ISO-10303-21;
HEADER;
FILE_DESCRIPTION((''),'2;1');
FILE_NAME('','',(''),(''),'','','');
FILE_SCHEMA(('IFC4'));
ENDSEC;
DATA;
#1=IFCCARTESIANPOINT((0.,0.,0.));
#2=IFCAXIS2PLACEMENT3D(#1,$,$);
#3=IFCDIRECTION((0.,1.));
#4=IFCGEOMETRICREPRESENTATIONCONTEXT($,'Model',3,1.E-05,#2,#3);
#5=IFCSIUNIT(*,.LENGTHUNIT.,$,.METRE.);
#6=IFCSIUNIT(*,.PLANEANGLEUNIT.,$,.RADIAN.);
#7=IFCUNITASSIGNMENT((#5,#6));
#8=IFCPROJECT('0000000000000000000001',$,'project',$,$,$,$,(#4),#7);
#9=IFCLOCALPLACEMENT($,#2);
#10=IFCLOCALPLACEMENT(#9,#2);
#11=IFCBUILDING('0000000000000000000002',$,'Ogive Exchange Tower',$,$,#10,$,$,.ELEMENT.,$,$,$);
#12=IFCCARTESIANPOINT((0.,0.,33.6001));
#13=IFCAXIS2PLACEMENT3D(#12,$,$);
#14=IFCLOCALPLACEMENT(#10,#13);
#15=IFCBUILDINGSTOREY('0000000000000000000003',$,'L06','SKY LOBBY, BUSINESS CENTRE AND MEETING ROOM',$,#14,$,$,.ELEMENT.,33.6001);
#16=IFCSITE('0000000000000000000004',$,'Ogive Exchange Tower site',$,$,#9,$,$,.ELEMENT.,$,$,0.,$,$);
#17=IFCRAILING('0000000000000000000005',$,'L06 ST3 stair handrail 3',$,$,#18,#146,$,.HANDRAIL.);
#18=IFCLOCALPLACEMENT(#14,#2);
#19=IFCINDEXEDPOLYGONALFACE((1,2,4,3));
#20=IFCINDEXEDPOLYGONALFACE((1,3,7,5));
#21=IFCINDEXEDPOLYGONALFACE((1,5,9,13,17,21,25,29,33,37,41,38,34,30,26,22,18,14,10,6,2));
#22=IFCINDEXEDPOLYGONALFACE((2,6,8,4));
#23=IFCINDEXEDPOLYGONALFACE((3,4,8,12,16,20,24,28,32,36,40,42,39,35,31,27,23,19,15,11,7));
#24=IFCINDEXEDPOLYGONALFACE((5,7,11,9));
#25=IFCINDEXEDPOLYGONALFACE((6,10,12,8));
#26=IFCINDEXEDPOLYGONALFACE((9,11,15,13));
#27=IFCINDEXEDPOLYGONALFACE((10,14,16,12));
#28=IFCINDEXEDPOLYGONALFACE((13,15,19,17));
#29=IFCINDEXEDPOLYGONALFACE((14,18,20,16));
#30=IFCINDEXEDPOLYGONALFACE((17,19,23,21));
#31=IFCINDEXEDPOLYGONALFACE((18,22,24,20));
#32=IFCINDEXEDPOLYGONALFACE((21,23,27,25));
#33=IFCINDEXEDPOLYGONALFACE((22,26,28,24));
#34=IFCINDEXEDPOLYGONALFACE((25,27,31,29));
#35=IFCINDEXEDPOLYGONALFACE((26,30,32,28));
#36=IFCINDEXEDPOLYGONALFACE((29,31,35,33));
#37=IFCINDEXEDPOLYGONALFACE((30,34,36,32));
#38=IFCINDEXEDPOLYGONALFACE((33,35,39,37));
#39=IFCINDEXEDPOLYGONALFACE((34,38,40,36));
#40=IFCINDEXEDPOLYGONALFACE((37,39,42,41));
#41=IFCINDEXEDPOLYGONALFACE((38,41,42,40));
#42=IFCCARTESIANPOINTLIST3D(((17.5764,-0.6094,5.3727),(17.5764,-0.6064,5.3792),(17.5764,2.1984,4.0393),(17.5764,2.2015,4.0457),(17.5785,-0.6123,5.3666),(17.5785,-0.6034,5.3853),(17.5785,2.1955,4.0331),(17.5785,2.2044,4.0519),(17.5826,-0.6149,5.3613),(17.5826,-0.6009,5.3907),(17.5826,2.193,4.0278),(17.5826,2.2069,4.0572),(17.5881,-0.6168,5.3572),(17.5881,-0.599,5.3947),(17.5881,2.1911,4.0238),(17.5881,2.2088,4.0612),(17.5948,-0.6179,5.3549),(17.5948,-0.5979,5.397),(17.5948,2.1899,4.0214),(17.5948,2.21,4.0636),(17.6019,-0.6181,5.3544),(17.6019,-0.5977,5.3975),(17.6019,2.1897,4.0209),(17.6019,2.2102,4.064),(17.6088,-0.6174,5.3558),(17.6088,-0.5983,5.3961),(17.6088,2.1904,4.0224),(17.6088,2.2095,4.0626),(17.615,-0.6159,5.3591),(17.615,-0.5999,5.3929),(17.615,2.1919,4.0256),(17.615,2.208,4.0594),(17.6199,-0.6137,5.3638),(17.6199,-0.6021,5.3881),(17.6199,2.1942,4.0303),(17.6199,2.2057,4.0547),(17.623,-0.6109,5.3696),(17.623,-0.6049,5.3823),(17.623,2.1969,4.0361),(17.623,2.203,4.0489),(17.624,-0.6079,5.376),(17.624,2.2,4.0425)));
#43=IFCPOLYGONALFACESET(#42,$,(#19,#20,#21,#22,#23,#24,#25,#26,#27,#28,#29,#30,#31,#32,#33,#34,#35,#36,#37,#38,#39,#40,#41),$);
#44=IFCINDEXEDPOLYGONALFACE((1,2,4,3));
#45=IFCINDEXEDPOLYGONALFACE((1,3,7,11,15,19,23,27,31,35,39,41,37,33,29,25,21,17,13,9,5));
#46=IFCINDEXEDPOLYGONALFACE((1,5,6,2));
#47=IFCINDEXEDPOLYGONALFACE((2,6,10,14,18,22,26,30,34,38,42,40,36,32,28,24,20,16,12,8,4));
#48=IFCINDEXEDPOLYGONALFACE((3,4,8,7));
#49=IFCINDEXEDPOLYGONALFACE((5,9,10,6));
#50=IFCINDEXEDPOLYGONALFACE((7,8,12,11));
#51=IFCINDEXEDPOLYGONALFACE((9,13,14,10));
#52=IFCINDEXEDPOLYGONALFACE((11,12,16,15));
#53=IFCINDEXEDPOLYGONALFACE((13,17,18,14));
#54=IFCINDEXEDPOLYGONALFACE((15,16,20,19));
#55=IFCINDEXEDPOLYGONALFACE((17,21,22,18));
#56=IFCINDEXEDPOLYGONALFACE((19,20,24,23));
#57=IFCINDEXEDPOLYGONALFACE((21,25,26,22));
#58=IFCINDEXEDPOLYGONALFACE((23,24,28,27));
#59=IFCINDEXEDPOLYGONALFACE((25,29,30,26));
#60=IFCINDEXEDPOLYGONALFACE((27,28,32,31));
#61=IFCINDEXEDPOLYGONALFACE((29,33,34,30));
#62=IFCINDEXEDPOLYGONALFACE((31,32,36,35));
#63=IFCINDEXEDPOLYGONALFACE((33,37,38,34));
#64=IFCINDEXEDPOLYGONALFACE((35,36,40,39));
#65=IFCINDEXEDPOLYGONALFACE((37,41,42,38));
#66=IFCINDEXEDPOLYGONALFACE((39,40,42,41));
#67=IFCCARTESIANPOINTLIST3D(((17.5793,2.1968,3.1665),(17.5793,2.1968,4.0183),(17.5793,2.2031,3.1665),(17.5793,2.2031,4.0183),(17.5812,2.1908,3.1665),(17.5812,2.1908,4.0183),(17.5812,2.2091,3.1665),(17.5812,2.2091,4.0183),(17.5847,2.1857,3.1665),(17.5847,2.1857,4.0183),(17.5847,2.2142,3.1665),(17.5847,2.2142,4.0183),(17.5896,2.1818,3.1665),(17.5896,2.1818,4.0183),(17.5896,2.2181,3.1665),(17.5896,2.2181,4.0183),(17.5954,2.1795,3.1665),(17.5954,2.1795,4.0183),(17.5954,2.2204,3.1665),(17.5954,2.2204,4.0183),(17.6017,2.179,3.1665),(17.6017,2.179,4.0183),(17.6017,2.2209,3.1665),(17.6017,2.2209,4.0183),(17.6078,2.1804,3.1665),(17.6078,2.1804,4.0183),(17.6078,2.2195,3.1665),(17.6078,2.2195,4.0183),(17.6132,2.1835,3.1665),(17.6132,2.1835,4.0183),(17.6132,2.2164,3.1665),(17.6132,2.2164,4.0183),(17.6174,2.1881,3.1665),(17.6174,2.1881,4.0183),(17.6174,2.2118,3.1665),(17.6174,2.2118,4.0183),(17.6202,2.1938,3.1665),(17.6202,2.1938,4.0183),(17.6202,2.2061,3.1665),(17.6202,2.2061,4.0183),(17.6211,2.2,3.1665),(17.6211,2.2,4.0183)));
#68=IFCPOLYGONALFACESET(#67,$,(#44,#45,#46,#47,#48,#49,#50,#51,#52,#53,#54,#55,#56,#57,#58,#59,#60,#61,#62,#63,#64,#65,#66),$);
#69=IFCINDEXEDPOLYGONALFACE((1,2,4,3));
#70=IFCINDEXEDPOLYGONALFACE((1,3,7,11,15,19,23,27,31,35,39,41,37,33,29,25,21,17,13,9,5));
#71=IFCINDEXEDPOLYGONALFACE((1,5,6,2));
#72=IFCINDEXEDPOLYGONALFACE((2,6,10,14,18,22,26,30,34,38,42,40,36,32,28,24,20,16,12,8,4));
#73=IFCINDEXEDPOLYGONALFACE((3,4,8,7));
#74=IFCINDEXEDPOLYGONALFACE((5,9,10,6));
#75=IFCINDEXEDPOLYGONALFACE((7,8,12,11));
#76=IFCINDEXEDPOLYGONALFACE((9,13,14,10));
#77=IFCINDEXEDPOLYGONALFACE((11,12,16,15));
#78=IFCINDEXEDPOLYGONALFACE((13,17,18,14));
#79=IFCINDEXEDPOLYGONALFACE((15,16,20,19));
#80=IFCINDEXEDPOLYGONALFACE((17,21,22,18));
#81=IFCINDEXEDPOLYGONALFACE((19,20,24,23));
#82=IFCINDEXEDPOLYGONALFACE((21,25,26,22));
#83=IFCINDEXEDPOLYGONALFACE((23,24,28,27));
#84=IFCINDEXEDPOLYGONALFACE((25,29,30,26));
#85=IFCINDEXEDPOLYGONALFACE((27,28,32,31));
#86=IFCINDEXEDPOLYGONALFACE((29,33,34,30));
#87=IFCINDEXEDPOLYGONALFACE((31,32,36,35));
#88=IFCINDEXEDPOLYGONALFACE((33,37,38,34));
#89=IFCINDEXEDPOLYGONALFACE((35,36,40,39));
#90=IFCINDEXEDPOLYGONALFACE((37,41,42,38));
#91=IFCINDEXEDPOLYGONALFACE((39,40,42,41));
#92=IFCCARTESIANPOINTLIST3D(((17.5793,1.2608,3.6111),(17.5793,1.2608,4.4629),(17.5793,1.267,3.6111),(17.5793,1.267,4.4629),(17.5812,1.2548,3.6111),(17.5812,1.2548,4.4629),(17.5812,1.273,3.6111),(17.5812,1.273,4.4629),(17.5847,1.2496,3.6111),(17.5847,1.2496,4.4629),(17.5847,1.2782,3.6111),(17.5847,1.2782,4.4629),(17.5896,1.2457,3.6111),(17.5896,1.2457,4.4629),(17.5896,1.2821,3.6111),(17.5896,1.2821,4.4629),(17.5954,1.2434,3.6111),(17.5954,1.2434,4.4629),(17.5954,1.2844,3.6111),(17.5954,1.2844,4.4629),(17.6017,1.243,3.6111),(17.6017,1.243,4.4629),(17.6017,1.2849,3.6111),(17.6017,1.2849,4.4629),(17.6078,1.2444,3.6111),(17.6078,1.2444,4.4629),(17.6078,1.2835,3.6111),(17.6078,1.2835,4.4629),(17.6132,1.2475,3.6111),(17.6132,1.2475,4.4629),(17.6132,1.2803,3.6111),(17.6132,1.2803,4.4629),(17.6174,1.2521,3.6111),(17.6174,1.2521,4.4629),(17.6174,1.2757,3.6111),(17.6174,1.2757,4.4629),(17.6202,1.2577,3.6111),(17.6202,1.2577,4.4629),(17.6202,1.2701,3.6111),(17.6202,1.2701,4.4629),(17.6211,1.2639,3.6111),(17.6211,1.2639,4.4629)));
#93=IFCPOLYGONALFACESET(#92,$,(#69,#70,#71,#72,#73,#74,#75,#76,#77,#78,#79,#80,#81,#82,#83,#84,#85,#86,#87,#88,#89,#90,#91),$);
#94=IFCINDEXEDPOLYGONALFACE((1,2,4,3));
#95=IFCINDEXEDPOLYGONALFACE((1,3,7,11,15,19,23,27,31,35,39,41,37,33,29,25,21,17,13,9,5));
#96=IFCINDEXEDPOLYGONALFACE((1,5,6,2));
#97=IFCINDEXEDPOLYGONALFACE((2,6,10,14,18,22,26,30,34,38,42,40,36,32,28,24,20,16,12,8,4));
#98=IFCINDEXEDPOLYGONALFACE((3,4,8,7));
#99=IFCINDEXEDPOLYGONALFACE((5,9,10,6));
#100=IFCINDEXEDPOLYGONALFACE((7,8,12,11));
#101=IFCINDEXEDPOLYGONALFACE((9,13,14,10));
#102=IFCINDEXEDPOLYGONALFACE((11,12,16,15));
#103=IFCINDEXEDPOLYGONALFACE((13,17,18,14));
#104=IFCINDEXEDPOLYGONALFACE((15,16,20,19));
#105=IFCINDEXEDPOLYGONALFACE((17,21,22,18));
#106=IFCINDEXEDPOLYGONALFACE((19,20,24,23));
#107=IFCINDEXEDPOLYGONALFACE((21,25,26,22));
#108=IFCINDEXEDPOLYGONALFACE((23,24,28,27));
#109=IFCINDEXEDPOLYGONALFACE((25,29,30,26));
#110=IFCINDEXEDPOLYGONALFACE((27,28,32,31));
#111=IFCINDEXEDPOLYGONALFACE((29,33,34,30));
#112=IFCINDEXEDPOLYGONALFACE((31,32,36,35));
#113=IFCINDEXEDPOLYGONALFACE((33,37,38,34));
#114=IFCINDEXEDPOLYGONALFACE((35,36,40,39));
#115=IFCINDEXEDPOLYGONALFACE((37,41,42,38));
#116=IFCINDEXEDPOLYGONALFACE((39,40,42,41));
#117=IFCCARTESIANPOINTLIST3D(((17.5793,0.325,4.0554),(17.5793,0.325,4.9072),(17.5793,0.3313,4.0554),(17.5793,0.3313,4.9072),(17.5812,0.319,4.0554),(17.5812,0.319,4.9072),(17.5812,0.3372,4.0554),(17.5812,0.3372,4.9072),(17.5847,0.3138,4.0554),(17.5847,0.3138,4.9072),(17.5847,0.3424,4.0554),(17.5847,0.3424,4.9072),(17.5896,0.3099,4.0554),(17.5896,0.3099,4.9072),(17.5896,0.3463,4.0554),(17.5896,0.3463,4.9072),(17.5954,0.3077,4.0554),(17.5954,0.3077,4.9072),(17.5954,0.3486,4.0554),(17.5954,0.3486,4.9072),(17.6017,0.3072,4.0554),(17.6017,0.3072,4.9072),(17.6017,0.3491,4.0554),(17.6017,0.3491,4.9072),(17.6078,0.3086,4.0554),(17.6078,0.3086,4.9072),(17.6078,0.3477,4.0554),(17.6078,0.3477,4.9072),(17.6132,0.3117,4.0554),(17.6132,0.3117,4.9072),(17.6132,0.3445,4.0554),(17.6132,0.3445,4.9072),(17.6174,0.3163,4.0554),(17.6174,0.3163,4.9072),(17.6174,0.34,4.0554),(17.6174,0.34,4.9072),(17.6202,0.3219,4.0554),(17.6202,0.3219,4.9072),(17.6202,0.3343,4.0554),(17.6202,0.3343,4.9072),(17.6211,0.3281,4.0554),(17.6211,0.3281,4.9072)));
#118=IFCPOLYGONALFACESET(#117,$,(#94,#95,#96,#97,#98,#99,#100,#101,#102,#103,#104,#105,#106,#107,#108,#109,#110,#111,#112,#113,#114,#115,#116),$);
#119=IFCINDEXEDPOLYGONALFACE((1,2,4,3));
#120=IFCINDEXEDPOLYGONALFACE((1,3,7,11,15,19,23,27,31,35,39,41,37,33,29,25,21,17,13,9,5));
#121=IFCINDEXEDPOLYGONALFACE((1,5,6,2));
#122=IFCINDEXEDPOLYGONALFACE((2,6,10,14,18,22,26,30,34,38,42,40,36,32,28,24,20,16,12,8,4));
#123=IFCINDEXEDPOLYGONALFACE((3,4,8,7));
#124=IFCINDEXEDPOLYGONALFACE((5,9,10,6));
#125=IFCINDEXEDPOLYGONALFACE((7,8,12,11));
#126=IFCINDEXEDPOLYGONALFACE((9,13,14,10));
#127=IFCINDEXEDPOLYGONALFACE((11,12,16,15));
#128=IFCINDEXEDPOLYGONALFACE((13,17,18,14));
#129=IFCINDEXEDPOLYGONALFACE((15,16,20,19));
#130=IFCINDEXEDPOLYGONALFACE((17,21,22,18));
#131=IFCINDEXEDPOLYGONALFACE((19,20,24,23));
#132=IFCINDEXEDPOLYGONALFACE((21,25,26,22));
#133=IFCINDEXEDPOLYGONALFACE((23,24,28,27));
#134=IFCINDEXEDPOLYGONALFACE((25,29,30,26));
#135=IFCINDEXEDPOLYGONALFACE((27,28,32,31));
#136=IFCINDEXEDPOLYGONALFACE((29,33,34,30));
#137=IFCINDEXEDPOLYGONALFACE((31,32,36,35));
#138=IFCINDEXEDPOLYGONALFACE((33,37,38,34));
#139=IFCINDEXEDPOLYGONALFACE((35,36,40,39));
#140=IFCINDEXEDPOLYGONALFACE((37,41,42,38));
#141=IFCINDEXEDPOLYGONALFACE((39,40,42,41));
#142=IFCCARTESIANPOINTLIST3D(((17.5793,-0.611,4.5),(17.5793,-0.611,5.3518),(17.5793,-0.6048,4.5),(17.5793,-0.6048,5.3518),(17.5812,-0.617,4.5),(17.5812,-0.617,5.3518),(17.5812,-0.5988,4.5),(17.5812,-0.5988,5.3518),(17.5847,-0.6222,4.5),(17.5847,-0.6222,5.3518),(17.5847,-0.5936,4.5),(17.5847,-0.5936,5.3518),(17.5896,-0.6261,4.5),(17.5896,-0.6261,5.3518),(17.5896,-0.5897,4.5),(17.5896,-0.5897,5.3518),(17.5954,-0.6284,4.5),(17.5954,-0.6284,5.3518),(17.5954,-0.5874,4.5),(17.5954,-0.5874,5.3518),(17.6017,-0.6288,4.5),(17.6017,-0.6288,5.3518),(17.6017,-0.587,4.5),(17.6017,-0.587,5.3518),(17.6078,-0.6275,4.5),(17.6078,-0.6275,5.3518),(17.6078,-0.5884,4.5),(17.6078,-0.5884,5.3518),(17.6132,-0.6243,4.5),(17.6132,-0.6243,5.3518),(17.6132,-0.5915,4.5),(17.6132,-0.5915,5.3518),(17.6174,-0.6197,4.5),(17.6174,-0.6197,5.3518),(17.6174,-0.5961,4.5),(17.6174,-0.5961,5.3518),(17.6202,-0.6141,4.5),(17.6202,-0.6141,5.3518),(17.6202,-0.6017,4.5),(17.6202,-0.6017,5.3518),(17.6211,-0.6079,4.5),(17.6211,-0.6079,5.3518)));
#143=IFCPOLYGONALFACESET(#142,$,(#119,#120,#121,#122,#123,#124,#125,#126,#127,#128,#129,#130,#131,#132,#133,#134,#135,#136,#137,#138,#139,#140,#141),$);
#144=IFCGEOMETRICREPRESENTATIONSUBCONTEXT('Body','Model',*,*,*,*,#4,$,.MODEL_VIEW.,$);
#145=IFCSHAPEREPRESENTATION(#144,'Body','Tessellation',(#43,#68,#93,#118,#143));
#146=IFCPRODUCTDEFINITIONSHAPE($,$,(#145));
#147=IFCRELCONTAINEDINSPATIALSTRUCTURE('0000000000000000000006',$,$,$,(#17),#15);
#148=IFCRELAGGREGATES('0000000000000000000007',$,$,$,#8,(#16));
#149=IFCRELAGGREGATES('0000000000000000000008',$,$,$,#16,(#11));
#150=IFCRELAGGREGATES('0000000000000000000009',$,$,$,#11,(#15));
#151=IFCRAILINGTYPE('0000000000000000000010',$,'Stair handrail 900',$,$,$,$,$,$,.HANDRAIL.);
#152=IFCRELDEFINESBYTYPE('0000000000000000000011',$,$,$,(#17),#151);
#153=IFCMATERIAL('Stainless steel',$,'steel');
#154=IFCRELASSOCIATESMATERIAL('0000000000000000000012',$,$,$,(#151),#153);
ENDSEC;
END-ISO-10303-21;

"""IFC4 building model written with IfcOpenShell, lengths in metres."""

from ifc_helpers import new_model, si_unit, direction, frame, origin, origin_2d, place, context, subcontext, project, spatial, circle, extrude, material, type_object, element, save


model = new_model("IFC4")

# Units and contexts
model_context = context("Model", 3, precision=1e-05, world=origin(), true_north=direction((0.0, 1.0)))
body_context = subcontext(model_context, "Body", "Model", "MODEL_VIEW")
ifc_project = project(units=[si_unit("LENGTHUNIT", "METRE"), si_unit("PLANEANGLEUNIT", "RADIAN")], contexts=[model_context])

# Site, building, storey
site_placement = place(None, origin())
site = spatial("IfcSite", under=ifc_project, at=site_placement, Name="Ogive Exchange Tower site", CompositionType="ELEMENT", RefElevation=0.0)
building_placement = place(site_placement, origin())
building = spatial("IfcBuilding", under=site, at=building_placement, Name="Ogive Exchange Tower", CompositionType="ELEMENT")
storey_placement = place(building_placement, frame((0.0, 0.0, 33.6001)))
storey = spatial("IfcBuildingStorey", under=building, at=storey_placement, Name="L06", Description="SKY LOBBY, BUSINESS CENTRE AND MEETING ROOM", CompositionType="ELEMENT", Elevation=33.6001)

# Railing
ifc_material_1 = material(Name="Stainless steel", Category="steel")
railing_type = type_object("IfcRailingType", Name="Stair handrail 900", PredefinedType="HANDRAIL", material=ifc_material_1)
for number, where, name in (
    (1, (17.6001, 2.2, 3.1665), "L06 ST3 stair handrail 3"),
):
    element("IfcRailing", number, at=place(storey_placement, frame(where)), inside=storey, type_object=railing_type, Name=name, PredefinedType="HANDRAIL", context=body_context, shape_type="SweptSolid", body=[
        extrude(circle(Radius=0.0239, at=origin_2d()), frame((0.0, 0.0, 0.876), z_axis=(0.0, -0.903307, 0.428994), x_axis=(1.0, 0.0, 0.0)), (0.0, 0.0, 1.0), 3.1084),
        extrude(circle(Radius=0.021, at=origin_2d()), origin(), (0.0, 0.0, 1.0), 0.8518),
        extrude(circle(Radius=0.021, at=origin_2d()), frame((0.0, -0.936, 0.4446)), (0.0, 0.0, 1.0), 0.8518),
        extrude(circle(Radius=0.021, at=origin_2d()), frame((0.0, -1.8718, 0.8889)), (0.0, 0.0, 1.0), 0.8518),
        extrude(circle(Radius=0.021, at=origin_2d()), frame((0.0, -2.8079, 1.3335)), (0.0, 0.0, 1.0), 0.8518),
    ])

save(model, "model.ifc")
